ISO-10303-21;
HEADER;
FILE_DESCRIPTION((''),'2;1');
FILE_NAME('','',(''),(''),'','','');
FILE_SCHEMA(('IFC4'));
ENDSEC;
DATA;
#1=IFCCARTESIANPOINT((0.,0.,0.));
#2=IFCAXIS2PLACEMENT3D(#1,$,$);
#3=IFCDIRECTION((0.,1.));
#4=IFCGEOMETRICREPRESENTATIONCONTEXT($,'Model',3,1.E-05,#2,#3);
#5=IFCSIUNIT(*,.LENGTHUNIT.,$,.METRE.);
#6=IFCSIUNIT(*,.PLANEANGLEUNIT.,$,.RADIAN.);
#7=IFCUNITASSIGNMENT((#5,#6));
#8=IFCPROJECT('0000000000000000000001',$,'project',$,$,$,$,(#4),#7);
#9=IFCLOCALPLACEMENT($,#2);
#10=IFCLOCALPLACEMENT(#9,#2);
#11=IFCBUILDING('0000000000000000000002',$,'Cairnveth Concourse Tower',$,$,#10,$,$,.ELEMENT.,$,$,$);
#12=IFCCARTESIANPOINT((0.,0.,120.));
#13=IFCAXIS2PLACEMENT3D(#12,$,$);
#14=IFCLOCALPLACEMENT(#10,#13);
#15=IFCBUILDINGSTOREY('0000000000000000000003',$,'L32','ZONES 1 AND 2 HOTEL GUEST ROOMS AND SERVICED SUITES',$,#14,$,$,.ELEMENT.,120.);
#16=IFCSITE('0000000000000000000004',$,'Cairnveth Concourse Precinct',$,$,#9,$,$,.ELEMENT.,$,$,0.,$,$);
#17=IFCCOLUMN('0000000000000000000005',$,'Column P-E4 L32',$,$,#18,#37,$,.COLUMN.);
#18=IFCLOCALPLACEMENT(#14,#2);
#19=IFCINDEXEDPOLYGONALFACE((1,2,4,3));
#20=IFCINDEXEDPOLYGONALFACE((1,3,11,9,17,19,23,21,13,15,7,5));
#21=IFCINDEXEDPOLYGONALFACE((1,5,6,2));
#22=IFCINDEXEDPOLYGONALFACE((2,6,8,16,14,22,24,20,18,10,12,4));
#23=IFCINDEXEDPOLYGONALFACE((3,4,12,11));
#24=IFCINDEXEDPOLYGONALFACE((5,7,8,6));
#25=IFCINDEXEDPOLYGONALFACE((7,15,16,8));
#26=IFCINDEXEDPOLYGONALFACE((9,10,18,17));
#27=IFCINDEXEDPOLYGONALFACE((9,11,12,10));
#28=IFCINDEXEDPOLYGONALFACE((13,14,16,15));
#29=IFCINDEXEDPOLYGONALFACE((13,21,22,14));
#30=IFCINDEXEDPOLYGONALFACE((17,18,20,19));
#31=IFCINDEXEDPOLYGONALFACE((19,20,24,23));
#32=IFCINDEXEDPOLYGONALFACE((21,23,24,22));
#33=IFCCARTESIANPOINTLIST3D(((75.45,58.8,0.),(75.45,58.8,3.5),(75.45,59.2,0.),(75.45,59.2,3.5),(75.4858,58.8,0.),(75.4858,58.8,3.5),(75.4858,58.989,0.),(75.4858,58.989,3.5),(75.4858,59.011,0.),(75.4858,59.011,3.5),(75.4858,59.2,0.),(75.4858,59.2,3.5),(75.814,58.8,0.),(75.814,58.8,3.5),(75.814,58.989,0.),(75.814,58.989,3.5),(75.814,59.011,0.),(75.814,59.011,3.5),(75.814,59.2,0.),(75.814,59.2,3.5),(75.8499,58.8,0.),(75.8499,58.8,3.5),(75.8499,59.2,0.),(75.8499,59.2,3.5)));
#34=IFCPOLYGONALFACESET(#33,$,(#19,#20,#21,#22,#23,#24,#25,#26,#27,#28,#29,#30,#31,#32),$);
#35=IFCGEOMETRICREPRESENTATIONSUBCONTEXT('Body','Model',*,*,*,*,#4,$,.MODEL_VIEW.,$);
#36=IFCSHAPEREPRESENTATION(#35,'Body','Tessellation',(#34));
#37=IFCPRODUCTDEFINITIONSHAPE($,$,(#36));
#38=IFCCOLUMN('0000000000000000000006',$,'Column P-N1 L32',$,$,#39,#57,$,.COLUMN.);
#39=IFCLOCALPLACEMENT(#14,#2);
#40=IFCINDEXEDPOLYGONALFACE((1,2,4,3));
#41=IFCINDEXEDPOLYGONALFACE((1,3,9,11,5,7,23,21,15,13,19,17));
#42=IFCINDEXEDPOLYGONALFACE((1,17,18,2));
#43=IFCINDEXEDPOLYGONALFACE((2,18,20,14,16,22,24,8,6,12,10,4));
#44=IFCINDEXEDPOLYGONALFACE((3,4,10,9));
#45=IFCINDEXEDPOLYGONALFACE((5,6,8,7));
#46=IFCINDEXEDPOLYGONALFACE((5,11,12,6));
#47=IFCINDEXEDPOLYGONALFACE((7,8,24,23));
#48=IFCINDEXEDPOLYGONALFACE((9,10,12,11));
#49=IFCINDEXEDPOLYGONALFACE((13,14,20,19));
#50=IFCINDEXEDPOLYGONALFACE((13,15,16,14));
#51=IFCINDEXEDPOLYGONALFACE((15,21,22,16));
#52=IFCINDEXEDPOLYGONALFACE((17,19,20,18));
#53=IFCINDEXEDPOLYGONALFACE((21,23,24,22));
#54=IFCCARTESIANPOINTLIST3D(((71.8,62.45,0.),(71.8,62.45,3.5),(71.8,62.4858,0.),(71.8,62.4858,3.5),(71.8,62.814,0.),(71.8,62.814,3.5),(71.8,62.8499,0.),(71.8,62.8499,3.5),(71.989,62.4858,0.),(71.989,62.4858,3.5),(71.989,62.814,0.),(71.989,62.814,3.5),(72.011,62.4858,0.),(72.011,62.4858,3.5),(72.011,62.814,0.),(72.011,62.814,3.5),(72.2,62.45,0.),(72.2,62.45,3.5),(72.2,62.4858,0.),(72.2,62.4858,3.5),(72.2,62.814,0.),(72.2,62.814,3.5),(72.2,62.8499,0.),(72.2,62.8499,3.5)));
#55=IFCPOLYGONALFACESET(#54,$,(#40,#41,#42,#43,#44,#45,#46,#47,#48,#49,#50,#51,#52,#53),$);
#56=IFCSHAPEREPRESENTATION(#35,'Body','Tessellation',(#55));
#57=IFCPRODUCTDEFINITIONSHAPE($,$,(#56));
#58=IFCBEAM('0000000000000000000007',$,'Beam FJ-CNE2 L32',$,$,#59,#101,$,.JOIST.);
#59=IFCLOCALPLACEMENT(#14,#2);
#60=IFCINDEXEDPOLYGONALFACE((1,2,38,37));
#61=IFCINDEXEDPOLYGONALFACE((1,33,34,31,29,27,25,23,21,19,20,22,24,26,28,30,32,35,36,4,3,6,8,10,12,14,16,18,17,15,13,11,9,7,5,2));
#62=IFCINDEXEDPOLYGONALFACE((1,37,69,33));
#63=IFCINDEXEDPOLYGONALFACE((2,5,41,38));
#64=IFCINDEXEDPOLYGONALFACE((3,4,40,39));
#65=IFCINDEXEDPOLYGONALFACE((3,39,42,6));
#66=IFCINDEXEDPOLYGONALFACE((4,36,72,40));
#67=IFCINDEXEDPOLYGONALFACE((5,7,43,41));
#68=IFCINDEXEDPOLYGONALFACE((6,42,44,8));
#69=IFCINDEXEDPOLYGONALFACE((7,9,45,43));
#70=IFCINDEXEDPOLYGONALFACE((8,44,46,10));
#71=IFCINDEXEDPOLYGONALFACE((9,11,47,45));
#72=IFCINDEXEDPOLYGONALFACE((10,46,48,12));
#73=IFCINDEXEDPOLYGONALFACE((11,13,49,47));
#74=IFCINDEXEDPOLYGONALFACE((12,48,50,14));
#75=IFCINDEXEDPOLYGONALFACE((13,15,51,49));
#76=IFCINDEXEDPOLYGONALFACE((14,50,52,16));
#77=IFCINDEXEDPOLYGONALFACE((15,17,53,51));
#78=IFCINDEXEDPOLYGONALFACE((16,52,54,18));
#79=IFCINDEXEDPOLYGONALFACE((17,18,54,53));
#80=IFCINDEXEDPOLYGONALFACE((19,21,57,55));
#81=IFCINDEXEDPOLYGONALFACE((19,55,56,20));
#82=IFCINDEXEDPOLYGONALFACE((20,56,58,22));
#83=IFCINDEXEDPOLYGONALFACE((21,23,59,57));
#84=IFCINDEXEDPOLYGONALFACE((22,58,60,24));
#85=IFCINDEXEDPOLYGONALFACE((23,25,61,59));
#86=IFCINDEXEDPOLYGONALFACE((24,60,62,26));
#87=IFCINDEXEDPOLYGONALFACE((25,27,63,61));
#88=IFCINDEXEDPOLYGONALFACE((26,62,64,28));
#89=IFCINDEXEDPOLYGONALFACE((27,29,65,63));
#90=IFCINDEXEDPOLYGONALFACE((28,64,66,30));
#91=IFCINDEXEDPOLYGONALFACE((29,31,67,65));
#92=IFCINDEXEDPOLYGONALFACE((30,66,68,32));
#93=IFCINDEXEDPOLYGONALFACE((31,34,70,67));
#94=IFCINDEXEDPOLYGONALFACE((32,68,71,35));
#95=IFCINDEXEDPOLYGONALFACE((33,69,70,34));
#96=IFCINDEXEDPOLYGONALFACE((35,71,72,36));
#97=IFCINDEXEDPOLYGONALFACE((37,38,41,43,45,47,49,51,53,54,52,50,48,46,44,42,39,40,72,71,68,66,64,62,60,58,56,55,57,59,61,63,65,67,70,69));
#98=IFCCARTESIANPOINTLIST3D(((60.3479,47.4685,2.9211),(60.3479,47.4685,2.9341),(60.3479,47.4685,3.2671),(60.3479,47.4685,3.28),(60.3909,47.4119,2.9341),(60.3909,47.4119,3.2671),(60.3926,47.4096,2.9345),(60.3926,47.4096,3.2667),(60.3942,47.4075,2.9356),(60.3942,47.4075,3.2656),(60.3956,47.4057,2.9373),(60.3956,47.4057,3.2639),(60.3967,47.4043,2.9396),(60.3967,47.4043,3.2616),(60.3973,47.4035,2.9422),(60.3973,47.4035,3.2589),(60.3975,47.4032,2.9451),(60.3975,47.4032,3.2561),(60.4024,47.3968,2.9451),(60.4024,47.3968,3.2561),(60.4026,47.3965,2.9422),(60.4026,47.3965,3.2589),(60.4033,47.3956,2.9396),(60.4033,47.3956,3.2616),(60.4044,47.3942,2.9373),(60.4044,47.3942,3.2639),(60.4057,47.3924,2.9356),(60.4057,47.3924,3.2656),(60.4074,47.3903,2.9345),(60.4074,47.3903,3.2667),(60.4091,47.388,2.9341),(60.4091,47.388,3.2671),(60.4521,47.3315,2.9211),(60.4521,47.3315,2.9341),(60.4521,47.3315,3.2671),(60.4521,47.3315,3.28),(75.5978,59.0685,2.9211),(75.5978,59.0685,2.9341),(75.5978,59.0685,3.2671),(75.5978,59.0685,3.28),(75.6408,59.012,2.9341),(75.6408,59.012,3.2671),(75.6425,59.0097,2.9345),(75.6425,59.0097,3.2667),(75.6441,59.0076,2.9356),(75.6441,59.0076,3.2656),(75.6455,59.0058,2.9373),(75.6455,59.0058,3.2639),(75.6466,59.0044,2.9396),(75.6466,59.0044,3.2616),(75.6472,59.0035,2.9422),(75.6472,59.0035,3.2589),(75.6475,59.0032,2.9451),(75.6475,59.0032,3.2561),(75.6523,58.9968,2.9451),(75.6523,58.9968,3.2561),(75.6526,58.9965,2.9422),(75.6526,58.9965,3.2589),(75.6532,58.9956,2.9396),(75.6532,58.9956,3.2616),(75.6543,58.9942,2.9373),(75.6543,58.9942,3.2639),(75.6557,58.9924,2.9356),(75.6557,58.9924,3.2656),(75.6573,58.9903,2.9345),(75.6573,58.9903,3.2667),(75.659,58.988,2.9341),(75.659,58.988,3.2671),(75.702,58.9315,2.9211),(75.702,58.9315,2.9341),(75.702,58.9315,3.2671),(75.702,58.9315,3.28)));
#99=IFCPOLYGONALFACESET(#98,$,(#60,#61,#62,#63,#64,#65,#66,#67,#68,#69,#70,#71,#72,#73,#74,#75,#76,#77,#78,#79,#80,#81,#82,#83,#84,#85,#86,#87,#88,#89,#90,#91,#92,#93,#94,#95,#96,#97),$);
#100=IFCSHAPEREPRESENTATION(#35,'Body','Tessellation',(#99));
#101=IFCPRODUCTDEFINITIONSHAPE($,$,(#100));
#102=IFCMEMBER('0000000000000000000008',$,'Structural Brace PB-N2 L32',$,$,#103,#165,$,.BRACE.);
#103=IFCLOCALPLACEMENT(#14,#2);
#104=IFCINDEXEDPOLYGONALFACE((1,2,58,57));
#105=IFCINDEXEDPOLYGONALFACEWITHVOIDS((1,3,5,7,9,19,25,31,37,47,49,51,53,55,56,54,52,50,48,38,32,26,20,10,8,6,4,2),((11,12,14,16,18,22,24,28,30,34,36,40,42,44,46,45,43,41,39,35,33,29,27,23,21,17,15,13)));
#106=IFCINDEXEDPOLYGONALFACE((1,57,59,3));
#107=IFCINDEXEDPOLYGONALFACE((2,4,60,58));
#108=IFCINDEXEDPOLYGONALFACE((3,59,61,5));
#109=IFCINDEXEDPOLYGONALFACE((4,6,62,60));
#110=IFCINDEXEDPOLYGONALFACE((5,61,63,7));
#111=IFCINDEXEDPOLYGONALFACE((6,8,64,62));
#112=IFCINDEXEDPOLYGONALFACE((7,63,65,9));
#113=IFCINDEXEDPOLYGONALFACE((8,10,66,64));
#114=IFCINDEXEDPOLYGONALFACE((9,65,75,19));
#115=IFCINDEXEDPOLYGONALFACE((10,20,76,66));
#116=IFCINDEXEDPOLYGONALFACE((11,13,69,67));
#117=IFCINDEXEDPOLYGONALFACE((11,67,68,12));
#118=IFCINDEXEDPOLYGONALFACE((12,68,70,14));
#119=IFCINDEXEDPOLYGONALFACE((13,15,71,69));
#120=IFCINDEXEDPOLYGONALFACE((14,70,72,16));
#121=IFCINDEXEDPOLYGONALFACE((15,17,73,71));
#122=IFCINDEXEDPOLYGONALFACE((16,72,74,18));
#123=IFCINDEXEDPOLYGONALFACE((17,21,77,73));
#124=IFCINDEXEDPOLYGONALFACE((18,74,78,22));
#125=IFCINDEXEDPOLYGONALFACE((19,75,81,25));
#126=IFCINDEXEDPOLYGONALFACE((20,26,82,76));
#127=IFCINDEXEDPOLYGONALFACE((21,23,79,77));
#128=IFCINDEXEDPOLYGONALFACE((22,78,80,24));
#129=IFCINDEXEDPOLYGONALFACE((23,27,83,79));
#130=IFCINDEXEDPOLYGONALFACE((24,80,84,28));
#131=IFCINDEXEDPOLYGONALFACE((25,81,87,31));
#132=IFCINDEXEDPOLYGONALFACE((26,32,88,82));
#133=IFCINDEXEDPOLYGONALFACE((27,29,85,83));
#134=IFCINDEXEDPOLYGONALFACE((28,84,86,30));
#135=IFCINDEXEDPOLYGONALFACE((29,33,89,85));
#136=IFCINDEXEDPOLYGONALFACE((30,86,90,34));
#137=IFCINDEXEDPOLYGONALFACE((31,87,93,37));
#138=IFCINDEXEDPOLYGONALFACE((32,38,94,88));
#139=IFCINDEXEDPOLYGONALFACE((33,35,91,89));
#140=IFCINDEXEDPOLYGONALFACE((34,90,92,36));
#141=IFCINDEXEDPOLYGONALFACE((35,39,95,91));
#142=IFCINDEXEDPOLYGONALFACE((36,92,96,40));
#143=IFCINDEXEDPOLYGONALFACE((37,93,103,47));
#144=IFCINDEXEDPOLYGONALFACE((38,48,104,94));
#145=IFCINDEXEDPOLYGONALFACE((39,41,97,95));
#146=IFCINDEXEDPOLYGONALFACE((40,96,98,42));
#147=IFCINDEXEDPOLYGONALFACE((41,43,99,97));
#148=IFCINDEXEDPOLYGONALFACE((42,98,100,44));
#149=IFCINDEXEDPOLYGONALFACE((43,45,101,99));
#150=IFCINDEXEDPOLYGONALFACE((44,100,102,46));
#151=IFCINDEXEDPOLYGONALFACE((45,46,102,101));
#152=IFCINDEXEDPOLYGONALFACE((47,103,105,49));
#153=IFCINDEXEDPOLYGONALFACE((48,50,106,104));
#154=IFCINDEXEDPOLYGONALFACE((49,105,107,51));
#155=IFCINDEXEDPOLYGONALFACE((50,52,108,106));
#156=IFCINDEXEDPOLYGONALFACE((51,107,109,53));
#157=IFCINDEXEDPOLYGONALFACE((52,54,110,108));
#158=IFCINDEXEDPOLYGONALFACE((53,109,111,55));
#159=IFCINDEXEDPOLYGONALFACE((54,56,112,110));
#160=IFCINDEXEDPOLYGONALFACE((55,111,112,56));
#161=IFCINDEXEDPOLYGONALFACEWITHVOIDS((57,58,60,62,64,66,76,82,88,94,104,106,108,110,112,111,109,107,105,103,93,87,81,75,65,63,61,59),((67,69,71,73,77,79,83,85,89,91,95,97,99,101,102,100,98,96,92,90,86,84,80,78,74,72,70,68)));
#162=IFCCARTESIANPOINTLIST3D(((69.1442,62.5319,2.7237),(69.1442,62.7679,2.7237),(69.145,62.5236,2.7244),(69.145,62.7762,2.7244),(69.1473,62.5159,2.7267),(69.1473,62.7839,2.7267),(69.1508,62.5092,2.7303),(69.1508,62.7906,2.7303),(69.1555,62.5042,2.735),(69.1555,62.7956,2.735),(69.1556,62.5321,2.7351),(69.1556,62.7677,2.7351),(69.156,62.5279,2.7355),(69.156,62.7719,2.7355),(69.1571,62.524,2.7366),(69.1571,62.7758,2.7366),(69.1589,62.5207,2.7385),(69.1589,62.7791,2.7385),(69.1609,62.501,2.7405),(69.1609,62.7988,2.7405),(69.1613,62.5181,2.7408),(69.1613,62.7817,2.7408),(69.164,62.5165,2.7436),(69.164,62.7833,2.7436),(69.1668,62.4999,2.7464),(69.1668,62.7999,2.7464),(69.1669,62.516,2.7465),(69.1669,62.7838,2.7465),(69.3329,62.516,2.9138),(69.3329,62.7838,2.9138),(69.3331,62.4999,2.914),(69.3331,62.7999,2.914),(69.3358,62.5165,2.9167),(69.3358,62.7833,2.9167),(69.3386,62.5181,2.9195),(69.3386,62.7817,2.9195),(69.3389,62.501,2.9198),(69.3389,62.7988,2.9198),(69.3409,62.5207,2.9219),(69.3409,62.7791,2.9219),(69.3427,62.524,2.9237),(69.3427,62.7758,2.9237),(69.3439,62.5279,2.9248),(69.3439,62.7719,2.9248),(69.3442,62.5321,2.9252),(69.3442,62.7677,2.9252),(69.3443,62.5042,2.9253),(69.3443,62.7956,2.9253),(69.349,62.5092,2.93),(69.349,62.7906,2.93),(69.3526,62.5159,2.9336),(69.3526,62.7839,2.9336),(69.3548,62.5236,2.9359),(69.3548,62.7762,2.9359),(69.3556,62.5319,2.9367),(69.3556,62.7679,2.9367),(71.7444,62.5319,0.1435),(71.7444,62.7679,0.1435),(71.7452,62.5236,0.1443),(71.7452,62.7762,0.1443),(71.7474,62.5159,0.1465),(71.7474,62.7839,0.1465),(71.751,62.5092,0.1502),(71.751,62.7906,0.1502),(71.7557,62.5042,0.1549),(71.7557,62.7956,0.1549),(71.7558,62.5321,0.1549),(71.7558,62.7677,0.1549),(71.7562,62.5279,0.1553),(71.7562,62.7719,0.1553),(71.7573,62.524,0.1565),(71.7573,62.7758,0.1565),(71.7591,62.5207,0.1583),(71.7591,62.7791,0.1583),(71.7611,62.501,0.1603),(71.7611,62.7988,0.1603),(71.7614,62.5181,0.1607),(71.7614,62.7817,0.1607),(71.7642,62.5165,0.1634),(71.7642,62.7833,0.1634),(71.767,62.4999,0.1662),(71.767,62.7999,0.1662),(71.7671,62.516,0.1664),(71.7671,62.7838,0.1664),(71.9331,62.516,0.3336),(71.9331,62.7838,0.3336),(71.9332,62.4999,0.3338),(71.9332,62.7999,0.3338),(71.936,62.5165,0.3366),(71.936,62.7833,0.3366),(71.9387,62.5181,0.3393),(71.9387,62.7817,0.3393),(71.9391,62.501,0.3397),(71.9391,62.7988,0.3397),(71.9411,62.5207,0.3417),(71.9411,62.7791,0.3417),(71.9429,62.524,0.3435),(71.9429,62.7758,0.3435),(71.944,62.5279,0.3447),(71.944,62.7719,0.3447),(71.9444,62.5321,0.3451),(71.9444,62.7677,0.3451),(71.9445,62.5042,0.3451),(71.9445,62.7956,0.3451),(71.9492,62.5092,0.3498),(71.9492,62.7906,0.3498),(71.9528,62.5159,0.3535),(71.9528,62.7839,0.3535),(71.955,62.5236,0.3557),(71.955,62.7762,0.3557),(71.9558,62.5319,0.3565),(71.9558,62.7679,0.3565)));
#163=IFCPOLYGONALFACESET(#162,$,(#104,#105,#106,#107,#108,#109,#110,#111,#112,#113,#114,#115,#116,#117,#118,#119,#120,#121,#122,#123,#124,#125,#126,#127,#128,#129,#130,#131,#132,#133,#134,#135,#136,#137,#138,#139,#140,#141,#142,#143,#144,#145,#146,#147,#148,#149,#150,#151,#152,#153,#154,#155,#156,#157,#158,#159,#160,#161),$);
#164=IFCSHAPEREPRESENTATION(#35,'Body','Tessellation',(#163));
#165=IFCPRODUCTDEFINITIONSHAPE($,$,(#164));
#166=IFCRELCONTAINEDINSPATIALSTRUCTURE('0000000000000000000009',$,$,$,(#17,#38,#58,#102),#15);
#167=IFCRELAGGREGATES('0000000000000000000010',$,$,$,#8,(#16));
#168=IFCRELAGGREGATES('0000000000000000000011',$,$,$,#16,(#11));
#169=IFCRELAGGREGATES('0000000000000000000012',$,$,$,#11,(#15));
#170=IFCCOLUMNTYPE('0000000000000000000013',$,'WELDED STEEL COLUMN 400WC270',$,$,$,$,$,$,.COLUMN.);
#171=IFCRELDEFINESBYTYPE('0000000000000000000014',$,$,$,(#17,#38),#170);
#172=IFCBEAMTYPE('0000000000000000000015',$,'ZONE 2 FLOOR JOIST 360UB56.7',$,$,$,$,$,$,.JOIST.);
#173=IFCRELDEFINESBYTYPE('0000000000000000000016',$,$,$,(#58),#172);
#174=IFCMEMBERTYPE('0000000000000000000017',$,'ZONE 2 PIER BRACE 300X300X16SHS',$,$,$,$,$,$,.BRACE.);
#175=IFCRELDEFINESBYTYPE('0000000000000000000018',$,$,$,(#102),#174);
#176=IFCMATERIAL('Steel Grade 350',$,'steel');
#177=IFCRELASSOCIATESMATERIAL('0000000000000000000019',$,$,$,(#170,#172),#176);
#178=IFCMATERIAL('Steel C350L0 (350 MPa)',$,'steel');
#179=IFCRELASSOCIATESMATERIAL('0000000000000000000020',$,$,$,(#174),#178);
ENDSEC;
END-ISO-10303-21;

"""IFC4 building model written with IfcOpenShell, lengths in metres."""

from ifc_helpers import new_model, si_unit, direction, frame, origin, origin_2d, place, context, subcontext, project, spatial, hollow_rectangle, i_section, extrude, material, material_profile, profile_set, type_object, element, save


model = new_model("IFC4")

# Units and contexts
model_context = context("Model", 3, precision=1e-05, world=origin(), true_north=direction((0.0, 1.0)))
body_context = subcontext(model_context, "Body", "Model", "MODEL_VIEW")
ifc_project = project(units=[si_unit("LENGTHUNIT", "METRE"), si_unit("PLANEANGLEUNIT", "RADIAN")], contexts=[model_context])

# Site, building, storey
site_placement = place(None, origin())
site = spatial("IfcSite", under=ifc_project, at=site_placement, Name="Cairnveth Concourse Precinct", CompositionType="ELEMENT", RefElevation=0.0)
building_placement = place(site_placement, origin())
building = spatial("IfcBuilding", under=site, at=building_placement, Name="Cairnveth Concourse Tower", CompositionType="ELEMENT")
storey_placement = place(building_placement, frame((0.0, 0.0, 120.0)))
storey = spatial("IfcBuildingStorey", under=building, at=storey_placement, Name="L32", Description="ZONES 1 AND 2 HOTEL GUEST ROOMS AND SERVICED SUITES", CompositionType="ELEMENT", Elevation=120.0)

# Columns
ifc_material_1 = material(Name="Steel Grade 350", Category="steel")
ifc_material_profile_1 = material_profile(ifc_material_1, i_section(OverallWidth=0.3999, OverallDepth=0.3999, WebThickness=0.022, FlangeThickness=0.0359, at=origin_2d()), Name="400WC270")
ifc_profile_set_1 = profile_set([ifc_material_profile_1], Name="Steel Grade 350")
column_type = type_object("IfcColumnType", Name="WELDED STEEL COLUMN 400WC270", PredefinedType="COLUMN", material=ifc_profile_set_1)
for number, where, z_axis, x_axis, name in (
    (1, (75.6499, 59.0, 0.0), (0.0, 0.0, 1.0), (0.0, 1.0, 0.0), "Column P-E4 L32"),
    (2, (72.0, 62.6499, 0.0), (0.0, 0.0, 1.0), (1.0, 0.0, 0.0), "Column P-N1 L32"),
):
    element("IfcColumn", number, at=place(storey_placement, frame(where, z_axis=z_axis, x_axis=x_axis)), inside=storey, type_object=column_type, Name=name, PredefinedType="COLUMN", context=body_context, shape_type="SweptSolid", body=[
        extrude(i_section(OverallWidth=0.3999, OverallDepth=0.3999, WebThickness=0.022, FlangeThickness=0.0359, at=origin_2d()), origin(), (0.0, 0.0, 1.0), 3.5),
    ])

# Beam
ifc_material_profile_2 = material_profile(ifc_material_1, i_section(OverallWidth=0.1721, OverallDepth=0.3589, WebThickness=0.0081, FlangeThickness=0.0129, FilletRadius=0.011, at=origin_2d()), Name="360UB56.7")
ifc_profile_set_2 = profile_set([ifc_material_profile_2], Name="Steel Grade 350")
beam_type_1 = type_object("IfcBeamType", Name="ZONE 2 FLOOR JOIST 360UB56.7", PredefinedType="JOIST", material=ifc_profile_set_2)
beam_1_placement = place(storey_placement, frame((75.6499, 59.0, 3.1006), z_axis=(-0.795908, -0.605417, 0.0), x_axis=(0.605417, -0.795908, 0.0)))
element("IfcBeam", 3, at=beam_1_placement, inside=storey, type_object=beam_type_1, Name="Beam FJ-CNE2 L32", PredefinedType="JOIST", context=body_context, shape_type="SweptSolid", body=[
    extrude(i_section(OverallWidth=0.1721, OverallDepth=0.3589, WebThickness=0.0081, FlangeThickness=0.0129, FilletRadius=0.011, at=origin_2d()), origin(), (0.0, 0.0, 1.0), 19.1604),
])

# Member
ifc_material_2 = material(Name="Steel C350L0 (350 MPa)", Category="steel")
ifc_material_profile_3 = material_profile(ifc_material_2, hollow_rectangle(XDim=0.3, YDim=0.3, WallThickness=0.0161, InnerFilletRadius=0.0161, OuterFilletRadius=0.032, at=origin_2d()), Name="300x300x16.0SHS")
ifc_profile_set_3 = profile_set([ifc_material_profile_3], Name="Steel C350L0 (350 MPa)")
member_type = type_object("IfcMemberType", Name="ZONE 2 PIER BRACE 300X300X16SHS", PredefinedType="BRACE", material=ifc_profile_set_3)
for number, where, z_axis, x_axis, name in (
    (4, (71.8501, 62.6499, 0.25), (-0.709834, 0.0, 0.704369), (0.0, -1.0, 0.0), "Structural Brace PB-N2 L32"),
):
    element("IfcMember", number, at=place(storey_placement, frame(where, z_axis=z_axis, x_axis=x_axis)), inside=storey, type_object=member_type, Name=name, PredefinedType="BRACE", context=body_context, shape_type="SweptSolid", body=[
        extrude(hollow_rectangle(XDim=0.3, YDim=0.3, WallThickness=0.0161, InnerFilletRadius=0.0161, OuterFilletRadius=0.032, at=origin_2d()), origin(), (0.0, 0.0, 1.0), 3.6631),
    ])

save(model, "model.ifc")
